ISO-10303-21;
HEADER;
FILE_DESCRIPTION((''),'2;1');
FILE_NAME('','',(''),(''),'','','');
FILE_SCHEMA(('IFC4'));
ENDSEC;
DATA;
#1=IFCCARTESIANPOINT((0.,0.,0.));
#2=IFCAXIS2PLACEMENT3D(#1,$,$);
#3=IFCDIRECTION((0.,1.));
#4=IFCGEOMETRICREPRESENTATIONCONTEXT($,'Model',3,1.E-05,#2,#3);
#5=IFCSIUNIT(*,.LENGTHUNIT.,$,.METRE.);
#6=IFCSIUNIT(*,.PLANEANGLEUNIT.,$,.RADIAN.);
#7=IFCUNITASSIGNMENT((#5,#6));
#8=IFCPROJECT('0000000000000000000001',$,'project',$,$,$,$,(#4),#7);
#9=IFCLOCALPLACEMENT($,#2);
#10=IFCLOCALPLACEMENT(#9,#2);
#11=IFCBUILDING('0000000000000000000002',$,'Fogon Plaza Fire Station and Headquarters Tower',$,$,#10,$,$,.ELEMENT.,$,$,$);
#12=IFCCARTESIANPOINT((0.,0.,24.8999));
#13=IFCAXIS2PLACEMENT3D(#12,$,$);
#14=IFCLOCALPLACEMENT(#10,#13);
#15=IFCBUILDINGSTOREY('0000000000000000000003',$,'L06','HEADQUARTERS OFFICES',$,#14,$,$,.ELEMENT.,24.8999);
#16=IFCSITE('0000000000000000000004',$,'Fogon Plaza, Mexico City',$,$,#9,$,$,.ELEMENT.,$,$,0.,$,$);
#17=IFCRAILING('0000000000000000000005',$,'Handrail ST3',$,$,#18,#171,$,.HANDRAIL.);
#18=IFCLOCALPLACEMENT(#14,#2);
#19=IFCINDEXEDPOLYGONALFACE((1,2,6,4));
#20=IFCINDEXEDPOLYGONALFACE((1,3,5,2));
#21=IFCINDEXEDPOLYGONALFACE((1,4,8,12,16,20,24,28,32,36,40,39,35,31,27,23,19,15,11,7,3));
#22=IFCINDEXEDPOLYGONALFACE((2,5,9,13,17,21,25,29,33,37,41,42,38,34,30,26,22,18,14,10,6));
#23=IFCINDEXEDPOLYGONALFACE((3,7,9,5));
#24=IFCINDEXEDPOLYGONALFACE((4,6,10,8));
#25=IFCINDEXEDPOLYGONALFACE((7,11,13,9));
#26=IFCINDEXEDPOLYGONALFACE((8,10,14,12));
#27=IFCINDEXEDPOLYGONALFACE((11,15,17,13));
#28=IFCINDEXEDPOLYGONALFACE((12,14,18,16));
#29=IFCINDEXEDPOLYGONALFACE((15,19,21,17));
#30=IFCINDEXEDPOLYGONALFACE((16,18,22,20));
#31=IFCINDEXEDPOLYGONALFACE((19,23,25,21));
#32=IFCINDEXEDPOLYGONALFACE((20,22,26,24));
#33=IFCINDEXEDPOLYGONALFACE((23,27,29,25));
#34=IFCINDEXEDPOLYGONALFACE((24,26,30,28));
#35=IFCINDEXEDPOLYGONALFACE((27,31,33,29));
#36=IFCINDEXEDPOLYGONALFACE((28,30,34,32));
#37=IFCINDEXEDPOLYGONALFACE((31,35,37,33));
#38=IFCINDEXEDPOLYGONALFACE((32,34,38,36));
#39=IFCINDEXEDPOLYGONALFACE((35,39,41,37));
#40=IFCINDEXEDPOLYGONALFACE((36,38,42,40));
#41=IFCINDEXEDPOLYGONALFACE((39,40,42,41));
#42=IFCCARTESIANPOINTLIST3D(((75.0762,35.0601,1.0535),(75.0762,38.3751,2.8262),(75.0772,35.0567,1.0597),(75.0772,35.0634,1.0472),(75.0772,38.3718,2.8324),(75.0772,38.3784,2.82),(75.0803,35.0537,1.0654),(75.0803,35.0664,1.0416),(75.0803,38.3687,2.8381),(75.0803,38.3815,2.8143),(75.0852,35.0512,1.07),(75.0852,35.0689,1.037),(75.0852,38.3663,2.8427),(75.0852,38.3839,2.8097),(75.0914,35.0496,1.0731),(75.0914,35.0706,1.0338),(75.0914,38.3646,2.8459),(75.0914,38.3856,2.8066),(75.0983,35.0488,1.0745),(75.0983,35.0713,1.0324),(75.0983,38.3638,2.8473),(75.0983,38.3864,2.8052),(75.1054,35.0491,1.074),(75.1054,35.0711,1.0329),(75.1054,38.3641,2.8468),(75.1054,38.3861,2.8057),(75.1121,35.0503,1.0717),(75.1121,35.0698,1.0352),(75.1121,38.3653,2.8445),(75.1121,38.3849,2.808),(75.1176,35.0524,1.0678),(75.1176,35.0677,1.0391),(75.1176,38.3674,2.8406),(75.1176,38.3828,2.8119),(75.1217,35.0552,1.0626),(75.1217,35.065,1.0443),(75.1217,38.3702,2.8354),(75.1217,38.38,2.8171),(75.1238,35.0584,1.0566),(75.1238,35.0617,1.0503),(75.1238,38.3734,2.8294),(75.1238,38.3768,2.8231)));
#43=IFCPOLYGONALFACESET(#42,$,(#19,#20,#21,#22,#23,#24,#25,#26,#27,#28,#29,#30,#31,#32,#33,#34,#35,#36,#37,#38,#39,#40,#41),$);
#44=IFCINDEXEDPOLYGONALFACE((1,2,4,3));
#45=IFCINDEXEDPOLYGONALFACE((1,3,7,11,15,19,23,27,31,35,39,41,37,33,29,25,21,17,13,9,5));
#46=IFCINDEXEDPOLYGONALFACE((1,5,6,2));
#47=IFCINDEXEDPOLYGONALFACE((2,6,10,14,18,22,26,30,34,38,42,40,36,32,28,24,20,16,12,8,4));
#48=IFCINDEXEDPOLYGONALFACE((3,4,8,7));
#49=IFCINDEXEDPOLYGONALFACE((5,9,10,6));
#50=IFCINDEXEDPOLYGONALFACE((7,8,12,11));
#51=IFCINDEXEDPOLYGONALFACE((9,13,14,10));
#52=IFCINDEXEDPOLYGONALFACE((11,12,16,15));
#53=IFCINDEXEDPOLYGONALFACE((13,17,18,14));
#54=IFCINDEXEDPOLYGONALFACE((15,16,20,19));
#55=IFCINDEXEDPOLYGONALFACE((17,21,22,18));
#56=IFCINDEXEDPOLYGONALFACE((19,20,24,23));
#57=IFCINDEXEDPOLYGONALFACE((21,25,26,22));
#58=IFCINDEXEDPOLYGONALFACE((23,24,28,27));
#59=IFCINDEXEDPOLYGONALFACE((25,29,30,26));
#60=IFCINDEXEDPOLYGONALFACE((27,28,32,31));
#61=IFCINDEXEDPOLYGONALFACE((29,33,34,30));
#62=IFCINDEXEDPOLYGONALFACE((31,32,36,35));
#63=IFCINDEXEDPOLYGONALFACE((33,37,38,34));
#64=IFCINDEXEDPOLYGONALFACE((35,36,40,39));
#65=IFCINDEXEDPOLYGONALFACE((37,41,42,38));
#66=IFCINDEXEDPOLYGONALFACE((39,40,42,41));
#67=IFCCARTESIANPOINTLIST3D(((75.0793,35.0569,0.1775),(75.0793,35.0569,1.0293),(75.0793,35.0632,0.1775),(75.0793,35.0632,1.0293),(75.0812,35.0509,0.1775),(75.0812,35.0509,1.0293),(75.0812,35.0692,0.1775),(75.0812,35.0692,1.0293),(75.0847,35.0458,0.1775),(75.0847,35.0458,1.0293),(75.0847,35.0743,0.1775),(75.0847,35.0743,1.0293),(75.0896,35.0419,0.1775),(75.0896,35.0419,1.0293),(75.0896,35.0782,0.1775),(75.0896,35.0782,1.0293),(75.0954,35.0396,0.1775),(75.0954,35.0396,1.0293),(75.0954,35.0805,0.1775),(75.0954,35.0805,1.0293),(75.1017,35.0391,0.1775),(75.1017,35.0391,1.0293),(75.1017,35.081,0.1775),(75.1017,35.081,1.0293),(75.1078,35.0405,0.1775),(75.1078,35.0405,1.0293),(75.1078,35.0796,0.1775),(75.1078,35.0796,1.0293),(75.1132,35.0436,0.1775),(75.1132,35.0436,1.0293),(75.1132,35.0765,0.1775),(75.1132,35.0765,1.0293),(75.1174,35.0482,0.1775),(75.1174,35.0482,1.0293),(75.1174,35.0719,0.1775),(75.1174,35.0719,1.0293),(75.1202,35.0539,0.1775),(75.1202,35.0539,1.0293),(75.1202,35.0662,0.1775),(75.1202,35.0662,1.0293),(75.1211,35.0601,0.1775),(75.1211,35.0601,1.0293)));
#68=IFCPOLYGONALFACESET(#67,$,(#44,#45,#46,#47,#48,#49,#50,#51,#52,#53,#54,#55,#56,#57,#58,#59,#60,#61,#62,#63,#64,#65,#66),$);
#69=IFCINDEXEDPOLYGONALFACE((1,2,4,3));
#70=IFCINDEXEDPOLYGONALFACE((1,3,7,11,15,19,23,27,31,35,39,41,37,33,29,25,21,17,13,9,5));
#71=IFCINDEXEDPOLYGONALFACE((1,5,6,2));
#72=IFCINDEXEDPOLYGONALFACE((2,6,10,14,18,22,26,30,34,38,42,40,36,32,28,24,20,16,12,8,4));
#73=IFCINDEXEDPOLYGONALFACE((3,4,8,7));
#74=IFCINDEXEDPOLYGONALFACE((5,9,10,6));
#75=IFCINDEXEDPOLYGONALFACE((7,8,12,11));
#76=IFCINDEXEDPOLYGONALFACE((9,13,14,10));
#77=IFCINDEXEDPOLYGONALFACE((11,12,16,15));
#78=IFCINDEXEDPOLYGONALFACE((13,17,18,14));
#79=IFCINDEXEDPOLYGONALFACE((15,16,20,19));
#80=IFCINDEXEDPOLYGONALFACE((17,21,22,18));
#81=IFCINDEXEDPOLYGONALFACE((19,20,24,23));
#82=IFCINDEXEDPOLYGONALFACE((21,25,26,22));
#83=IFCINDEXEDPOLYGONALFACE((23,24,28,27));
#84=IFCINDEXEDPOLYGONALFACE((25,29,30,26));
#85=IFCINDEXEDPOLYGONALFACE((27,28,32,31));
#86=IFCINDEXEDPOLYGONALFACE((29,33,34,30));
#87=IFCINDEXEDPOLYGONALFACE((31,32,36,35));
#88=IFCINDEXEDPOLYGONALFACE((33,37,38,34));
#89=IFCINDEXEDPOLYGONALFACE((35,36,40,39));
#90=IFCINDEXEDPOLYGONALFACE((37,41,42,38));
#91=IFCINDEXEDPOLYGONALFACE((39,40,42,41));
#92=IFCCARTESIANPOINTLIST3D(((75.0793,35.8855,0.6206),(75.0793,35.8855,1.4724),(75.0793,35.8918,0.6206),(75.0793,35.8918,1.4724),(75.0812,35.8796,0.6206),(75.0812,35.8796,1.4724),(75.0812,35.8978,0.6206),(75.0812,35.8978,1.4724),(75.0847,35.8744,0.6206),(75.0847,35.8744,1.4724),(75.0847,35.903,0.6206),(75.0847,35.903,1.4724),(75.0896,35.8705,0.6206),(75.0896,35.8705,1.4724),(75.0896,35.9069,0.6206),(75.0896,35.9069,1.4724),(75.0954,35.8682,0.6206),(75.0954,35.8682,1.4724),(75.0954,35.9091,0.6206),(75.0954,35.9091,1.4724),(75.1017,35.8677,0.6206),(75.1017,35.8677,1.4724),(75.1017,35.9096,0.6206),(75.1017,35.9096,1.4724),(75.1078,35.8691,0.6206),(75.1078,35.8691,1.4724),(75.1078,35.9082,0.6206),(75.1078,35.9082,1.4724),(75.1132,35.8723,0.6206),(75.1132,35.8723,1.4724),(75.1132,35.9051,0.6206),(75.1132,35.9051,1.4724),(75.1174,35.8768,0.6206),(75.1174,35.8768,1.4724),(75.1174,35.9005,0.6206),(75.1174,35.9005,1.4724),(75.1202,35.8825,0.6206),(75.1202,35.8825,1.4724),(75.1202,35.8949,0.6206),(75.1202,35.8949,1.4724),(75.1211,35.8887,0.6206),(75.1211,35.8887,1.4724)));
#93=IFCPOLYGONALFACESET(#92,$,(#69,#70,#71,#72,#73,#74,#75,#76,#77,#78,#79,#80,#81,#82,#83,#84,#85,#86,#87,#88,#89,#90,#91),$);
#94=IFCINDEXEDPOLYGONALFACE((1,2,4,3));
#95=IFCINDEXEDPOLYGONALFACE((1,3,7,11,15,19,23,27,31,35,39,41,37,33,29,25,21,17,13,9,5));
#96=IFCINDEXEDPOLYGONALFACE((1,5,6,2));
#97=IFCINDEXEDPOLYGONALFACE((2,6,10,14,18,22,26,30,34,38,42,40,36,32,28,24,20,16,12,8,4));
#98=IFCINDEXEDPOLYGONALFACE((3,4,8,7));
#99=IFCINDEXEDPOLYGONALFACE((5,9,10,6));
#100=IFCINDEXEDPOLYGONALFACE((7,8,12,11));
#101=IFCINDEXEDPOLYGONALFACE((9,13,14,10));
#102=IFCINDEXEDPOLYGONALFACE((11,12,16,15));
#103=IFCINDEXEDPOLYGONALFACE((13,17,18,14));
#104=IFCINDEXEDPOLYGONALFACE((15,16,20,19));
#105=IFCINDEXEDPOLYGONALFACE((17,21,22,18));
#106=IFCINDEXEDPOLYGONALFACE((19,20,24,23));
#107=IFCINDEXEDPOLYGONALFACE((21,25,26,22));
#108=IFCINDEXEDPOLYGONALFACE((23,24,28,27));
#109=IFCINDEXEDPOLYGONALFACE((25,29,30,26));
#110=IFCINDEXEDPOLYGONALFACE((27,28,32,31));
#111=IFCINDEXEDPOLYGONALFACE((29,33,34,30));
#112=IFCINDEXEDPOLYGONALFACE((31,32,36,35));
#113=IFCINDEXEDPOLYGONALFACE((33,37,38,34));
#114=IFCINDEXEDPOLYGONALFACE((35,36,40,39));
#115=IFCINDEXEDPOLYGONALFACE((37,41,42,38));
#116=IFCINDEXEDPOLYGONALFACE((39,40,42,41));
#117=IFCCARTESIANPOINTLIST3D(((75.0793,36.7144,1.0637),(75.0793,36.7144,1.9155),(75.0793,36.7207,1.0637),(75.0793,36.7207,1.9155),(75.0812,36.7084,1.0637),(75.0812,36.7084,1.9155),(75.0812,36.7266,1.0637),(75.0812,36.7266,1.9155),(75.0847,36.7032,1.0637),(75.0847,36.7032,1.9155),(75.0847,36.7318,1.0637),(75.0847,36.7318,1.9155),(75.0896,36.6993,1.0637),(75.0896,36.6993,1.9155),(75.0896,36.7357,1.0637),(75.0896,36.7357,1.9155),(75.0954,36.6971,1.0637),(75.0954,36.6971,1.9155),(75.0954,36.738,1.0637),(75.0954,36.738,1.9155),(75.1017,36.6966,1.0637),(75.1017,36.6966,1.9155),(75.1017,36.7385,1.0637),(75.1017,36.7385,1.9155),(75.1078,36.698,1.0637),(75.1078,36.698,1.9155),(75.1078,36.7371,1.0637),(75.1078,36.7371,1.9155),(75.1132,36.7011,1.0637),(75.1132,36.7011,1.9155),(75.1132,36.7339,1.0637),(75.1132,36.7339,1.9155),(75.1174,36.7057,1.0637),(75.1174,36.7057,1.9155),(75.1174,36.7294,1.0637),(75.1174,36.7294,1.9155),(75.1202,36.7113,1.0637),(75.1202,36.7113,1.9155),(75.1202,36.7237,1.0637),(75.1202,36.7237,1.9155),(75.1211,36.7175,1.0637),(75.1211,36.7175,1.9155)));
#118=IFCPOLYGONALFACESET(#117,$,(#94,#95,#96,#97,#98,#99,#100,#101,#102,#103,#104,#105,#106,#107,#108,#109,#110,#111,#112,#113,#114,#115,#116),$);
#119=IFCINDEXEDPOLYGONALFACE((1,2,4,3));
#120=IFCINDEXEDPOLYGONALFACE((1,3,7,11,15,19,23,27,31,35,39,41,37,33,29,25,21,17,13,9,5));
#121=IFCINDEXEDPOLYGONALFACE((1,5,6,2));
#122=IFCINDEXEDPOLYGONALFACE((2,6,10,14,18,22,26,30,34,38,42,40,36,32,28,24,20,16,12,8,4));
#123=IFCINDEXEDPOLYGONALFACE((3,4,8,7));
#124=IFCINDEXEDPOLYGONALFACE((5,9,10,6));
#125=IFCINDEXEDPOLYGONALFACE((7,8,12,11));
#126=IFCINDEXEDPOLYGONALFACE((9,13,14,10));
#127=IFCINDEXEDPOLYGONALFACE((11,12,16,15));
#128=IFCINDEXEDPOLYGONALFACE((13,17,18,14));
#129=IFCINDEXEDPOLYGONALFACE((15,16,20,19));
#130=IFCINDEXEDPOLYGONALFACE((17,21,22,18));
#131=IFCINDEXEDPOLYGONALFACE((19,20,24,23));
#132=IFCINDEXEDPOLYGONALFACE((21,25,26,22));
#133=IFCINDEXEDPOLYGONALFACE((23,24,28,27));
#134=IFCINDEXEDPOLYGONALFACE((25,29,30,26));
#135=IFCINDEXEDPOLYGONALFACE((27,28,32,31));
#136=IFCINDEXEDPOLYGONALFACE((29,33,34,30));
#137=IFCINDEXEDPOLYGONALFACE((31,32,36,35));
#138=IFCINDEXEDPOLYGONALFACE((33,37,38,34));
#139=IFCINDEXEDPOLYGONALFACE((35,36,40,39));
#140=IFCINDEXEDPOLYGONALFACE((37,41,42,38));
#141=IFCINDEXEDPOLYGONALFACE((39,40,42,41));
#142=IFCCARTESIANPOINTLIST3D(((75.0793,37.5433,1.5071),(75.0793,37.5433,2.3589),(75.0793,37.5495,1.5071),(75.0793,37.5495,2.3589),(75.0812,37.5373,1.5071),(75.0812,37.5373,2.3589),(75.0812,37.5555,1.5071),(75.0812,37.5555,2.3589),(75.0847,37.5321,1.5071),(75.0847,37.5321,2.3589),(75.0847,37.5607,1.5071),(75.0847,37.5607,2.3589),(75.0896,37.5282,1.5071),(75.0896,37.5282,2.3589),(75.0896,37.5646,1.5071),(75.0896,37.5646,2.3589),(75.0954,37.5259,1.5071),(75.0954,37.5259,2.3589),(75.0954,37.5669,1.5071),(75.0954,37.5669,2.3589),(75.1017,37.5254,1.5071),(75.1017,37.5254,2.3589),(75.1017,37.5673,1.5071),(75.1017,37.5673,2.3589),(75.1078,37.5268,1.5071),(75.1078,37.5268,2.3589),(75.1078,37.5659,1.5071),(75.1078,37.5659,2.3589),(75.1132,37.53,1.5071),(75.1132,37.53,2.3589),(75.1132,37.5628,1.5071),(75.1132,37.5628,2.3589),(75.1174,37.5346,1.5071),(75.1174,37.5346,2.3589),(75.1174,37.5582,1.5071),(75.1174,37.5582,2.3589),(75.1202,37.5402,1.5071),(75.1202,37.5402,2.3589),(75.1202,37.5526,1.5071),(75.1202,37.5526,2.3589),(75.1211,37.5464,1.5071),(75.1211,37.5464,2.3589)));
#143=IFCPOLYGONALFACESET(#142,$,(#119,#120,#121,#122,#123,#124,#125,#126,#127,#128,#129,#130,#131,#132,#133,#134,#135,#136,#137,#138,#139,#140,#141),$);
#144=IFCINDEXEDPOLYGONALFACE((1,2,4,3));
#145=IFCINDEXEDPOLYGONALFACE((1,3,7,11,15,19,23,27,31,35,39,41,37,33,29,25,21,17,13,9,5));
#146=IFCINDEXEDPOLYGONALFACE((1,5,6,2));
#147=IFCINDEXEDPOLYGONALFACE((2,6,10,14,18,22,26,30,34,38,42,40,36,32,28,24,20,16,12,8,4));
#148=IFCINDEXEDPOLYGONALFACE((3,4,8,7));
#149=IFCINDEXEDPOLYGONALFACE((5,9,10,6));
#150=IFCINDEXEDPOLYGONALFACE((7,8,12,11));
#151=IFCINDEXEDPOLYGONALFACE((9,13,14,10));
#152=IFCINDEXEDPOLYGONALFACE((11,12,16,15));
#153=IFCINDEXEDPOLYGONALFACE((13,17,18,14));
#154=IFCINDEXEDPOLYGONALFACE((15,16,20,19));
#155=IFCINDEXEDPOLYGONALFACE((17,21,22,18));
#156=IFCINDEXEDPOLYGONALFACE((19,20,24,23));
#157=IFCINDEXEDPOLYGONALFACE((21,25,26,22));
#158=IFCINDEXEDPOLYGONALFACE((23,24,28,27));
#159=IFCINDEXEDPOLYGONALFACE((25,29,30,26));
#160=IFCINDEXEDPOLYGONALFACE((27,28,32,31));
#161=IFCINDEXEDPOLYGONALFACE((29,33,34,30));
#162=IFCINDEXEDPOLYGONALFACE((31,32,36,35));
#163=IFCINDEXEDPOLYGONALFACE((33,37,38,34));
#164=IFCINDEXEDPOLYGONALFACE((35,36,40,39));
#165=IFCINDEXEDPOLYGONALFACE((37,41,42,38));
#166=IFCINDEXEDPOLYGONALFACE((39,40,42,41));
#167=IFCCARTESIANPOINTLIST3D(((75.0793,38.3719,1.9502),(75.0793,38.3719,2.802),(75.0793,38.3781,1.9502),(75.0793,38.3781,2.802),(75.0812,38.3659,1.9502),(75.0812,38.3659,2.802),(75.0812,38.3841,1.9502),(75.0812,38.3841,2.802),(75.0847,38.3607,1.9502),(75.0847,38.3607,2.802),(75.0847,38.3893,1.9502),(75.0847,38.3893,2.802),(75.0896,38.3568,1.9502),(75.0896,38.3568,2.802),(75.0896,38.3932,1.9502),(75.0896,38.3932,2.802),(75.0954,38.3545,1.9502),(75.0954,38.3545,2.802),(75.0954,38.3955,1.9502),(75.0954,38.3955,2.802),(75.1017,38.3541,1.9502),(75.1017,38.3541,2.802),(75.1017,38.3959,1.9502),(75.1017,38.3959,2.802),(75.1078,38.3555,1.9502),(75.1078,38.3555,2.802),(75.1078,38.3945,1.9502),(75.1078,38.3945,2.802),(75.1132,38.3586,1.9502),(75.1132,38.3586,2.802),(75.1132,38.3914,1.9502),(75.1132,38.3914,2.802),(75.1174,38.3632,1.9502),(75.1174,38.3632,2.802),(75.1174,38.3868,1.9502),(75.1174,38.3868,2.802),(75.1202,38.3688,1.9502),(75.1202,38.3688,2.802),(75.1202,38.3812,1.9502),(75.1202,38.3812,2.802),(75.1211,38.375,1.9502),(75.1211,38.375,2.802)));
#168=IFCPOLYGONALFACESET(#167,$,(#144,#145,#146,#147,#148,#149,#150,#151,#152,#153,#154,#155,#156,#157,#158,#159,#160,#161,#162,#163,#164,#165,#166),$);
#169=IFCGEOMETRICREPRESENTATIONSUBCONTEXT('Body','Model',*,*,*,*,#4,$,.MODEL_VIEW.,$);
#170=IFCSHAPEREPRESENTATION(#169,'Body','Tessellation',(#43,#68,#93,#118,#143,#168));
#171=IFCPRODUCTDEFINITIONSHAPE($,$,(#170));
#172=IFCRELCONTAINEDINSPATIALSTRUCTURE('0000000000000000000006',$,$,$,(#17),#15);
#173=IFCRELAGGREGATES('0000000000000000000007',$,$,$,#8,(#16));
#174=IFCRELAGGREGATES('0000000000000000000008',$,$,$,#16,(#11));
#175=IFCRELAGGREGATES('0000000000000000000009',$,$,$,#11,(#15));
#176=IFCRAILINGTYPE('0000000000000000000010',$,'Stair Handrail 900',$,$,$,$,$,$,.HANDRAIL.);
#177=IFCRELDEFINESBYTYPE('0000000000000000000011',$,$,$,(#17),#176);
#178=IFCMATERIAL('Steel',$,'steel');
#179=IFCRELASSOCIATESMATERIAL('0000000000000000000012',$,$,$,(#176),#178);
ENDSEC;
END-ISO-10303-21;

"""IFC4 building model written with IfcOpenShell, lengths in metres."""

from ifc_helpers import new_model, si_unit, direction, frame, origin, origin_2d, place, context, subcontext, project, spatial, circle, extrude, material, type_object, element, save


model = new_model("IFC4")

# Units and contexts
model_context = context("Model", 3, precision=1e-05, world=origin(), true_north=direction((0.0, 1.0)))
body_context = subcontext(model_context, "Body", "Model", "MODEL_VIEW")
ifc_project = project(units=[si_unit("LENGTHUNIT", "METRE"), si_unit("PLANEANGLEUNIT", "RADIAN")], contexts=[model_context])

# Site, building, storey
site_placement = place(None, origin())
site = spatial("IfcSite", under=ifc_project, at=site_placement, Name="Fogon Plaza, Mexico City", CompositionType="ELEMENT", RefElevation=0.0)
building_placement = place(site_placement, origin())
building = spatial("IfcBuilding", under=site, at=building_placement, Name="Fogon Plaza Fire Station and Headquarters Tower", CompositionType="ELEMENT")
storey_placement = place(building_placement, frame((0.0, 0.0, 24.8999)))
storey = spatial("IfcBuildingStorey", under=building, at=storey_placement, Name="L06", Description="HEADQUARTERS OFFICES", CompositionType="ELEMENT", Elevation=24.8999)

# Railing
ifc_material_1 = material(Name="Steel", Category="steel")
railing_type = type_object("IfcRailingType", Name="Stair Handrail 900", PredefinedType="HANDRAIL", material=ifc_material_1)
for number, where, name in (
    (1, (75.1001, 35.0601, 0.1775), "Handrail ST3"),
):
    element("IfcRailing", number, at=place(storey_placement, frame(where)), inside=storey, type_object=railing_type, Name=name, PredefinedType="HANDRAIL", context=body_context, shape_type="SweptSolid", body=[
        extrude(circle(Radius=0.0239, at=origin_2d()), frame((0.0, 0.0, 0.876), z_axis=(0.0, 0.881829, 0.471569), x_axis=(-1.0, 0.0, 0.0)), (0.0, 0.0, 1.0), 3.7593),
        extrude(circle(Radius=0.021, at=origin_2d()), origin(), (0.0, 0.0, 1.0), 0.8518),
        extrude(circle(Radius=0.021, at=origin_2d()), frame((0.0, 0.8286, 0.4431)), (0.0, 0.0, 1.0), 0.8518),
        extrude(circle(Radius=0.021, at=origin_2d()), frame((0.0, 1.6575, 0.8862)), (0.0, 0.0, 1.0), 0.8518),
        extrude(circle(Radius=0.021, at=origin_2d()), frame((0.0, 2.4863, 1.3296)), (0.0, 0.0, 1.0), 0.8518),
        extrude(circle(Radius=0.021, at=origin_2d()), frame((0.0, 3.3149, 1.7727)), (0.0, 0.0, 1.0), 0.8518),
    ])

save(model, "model.ifc")
